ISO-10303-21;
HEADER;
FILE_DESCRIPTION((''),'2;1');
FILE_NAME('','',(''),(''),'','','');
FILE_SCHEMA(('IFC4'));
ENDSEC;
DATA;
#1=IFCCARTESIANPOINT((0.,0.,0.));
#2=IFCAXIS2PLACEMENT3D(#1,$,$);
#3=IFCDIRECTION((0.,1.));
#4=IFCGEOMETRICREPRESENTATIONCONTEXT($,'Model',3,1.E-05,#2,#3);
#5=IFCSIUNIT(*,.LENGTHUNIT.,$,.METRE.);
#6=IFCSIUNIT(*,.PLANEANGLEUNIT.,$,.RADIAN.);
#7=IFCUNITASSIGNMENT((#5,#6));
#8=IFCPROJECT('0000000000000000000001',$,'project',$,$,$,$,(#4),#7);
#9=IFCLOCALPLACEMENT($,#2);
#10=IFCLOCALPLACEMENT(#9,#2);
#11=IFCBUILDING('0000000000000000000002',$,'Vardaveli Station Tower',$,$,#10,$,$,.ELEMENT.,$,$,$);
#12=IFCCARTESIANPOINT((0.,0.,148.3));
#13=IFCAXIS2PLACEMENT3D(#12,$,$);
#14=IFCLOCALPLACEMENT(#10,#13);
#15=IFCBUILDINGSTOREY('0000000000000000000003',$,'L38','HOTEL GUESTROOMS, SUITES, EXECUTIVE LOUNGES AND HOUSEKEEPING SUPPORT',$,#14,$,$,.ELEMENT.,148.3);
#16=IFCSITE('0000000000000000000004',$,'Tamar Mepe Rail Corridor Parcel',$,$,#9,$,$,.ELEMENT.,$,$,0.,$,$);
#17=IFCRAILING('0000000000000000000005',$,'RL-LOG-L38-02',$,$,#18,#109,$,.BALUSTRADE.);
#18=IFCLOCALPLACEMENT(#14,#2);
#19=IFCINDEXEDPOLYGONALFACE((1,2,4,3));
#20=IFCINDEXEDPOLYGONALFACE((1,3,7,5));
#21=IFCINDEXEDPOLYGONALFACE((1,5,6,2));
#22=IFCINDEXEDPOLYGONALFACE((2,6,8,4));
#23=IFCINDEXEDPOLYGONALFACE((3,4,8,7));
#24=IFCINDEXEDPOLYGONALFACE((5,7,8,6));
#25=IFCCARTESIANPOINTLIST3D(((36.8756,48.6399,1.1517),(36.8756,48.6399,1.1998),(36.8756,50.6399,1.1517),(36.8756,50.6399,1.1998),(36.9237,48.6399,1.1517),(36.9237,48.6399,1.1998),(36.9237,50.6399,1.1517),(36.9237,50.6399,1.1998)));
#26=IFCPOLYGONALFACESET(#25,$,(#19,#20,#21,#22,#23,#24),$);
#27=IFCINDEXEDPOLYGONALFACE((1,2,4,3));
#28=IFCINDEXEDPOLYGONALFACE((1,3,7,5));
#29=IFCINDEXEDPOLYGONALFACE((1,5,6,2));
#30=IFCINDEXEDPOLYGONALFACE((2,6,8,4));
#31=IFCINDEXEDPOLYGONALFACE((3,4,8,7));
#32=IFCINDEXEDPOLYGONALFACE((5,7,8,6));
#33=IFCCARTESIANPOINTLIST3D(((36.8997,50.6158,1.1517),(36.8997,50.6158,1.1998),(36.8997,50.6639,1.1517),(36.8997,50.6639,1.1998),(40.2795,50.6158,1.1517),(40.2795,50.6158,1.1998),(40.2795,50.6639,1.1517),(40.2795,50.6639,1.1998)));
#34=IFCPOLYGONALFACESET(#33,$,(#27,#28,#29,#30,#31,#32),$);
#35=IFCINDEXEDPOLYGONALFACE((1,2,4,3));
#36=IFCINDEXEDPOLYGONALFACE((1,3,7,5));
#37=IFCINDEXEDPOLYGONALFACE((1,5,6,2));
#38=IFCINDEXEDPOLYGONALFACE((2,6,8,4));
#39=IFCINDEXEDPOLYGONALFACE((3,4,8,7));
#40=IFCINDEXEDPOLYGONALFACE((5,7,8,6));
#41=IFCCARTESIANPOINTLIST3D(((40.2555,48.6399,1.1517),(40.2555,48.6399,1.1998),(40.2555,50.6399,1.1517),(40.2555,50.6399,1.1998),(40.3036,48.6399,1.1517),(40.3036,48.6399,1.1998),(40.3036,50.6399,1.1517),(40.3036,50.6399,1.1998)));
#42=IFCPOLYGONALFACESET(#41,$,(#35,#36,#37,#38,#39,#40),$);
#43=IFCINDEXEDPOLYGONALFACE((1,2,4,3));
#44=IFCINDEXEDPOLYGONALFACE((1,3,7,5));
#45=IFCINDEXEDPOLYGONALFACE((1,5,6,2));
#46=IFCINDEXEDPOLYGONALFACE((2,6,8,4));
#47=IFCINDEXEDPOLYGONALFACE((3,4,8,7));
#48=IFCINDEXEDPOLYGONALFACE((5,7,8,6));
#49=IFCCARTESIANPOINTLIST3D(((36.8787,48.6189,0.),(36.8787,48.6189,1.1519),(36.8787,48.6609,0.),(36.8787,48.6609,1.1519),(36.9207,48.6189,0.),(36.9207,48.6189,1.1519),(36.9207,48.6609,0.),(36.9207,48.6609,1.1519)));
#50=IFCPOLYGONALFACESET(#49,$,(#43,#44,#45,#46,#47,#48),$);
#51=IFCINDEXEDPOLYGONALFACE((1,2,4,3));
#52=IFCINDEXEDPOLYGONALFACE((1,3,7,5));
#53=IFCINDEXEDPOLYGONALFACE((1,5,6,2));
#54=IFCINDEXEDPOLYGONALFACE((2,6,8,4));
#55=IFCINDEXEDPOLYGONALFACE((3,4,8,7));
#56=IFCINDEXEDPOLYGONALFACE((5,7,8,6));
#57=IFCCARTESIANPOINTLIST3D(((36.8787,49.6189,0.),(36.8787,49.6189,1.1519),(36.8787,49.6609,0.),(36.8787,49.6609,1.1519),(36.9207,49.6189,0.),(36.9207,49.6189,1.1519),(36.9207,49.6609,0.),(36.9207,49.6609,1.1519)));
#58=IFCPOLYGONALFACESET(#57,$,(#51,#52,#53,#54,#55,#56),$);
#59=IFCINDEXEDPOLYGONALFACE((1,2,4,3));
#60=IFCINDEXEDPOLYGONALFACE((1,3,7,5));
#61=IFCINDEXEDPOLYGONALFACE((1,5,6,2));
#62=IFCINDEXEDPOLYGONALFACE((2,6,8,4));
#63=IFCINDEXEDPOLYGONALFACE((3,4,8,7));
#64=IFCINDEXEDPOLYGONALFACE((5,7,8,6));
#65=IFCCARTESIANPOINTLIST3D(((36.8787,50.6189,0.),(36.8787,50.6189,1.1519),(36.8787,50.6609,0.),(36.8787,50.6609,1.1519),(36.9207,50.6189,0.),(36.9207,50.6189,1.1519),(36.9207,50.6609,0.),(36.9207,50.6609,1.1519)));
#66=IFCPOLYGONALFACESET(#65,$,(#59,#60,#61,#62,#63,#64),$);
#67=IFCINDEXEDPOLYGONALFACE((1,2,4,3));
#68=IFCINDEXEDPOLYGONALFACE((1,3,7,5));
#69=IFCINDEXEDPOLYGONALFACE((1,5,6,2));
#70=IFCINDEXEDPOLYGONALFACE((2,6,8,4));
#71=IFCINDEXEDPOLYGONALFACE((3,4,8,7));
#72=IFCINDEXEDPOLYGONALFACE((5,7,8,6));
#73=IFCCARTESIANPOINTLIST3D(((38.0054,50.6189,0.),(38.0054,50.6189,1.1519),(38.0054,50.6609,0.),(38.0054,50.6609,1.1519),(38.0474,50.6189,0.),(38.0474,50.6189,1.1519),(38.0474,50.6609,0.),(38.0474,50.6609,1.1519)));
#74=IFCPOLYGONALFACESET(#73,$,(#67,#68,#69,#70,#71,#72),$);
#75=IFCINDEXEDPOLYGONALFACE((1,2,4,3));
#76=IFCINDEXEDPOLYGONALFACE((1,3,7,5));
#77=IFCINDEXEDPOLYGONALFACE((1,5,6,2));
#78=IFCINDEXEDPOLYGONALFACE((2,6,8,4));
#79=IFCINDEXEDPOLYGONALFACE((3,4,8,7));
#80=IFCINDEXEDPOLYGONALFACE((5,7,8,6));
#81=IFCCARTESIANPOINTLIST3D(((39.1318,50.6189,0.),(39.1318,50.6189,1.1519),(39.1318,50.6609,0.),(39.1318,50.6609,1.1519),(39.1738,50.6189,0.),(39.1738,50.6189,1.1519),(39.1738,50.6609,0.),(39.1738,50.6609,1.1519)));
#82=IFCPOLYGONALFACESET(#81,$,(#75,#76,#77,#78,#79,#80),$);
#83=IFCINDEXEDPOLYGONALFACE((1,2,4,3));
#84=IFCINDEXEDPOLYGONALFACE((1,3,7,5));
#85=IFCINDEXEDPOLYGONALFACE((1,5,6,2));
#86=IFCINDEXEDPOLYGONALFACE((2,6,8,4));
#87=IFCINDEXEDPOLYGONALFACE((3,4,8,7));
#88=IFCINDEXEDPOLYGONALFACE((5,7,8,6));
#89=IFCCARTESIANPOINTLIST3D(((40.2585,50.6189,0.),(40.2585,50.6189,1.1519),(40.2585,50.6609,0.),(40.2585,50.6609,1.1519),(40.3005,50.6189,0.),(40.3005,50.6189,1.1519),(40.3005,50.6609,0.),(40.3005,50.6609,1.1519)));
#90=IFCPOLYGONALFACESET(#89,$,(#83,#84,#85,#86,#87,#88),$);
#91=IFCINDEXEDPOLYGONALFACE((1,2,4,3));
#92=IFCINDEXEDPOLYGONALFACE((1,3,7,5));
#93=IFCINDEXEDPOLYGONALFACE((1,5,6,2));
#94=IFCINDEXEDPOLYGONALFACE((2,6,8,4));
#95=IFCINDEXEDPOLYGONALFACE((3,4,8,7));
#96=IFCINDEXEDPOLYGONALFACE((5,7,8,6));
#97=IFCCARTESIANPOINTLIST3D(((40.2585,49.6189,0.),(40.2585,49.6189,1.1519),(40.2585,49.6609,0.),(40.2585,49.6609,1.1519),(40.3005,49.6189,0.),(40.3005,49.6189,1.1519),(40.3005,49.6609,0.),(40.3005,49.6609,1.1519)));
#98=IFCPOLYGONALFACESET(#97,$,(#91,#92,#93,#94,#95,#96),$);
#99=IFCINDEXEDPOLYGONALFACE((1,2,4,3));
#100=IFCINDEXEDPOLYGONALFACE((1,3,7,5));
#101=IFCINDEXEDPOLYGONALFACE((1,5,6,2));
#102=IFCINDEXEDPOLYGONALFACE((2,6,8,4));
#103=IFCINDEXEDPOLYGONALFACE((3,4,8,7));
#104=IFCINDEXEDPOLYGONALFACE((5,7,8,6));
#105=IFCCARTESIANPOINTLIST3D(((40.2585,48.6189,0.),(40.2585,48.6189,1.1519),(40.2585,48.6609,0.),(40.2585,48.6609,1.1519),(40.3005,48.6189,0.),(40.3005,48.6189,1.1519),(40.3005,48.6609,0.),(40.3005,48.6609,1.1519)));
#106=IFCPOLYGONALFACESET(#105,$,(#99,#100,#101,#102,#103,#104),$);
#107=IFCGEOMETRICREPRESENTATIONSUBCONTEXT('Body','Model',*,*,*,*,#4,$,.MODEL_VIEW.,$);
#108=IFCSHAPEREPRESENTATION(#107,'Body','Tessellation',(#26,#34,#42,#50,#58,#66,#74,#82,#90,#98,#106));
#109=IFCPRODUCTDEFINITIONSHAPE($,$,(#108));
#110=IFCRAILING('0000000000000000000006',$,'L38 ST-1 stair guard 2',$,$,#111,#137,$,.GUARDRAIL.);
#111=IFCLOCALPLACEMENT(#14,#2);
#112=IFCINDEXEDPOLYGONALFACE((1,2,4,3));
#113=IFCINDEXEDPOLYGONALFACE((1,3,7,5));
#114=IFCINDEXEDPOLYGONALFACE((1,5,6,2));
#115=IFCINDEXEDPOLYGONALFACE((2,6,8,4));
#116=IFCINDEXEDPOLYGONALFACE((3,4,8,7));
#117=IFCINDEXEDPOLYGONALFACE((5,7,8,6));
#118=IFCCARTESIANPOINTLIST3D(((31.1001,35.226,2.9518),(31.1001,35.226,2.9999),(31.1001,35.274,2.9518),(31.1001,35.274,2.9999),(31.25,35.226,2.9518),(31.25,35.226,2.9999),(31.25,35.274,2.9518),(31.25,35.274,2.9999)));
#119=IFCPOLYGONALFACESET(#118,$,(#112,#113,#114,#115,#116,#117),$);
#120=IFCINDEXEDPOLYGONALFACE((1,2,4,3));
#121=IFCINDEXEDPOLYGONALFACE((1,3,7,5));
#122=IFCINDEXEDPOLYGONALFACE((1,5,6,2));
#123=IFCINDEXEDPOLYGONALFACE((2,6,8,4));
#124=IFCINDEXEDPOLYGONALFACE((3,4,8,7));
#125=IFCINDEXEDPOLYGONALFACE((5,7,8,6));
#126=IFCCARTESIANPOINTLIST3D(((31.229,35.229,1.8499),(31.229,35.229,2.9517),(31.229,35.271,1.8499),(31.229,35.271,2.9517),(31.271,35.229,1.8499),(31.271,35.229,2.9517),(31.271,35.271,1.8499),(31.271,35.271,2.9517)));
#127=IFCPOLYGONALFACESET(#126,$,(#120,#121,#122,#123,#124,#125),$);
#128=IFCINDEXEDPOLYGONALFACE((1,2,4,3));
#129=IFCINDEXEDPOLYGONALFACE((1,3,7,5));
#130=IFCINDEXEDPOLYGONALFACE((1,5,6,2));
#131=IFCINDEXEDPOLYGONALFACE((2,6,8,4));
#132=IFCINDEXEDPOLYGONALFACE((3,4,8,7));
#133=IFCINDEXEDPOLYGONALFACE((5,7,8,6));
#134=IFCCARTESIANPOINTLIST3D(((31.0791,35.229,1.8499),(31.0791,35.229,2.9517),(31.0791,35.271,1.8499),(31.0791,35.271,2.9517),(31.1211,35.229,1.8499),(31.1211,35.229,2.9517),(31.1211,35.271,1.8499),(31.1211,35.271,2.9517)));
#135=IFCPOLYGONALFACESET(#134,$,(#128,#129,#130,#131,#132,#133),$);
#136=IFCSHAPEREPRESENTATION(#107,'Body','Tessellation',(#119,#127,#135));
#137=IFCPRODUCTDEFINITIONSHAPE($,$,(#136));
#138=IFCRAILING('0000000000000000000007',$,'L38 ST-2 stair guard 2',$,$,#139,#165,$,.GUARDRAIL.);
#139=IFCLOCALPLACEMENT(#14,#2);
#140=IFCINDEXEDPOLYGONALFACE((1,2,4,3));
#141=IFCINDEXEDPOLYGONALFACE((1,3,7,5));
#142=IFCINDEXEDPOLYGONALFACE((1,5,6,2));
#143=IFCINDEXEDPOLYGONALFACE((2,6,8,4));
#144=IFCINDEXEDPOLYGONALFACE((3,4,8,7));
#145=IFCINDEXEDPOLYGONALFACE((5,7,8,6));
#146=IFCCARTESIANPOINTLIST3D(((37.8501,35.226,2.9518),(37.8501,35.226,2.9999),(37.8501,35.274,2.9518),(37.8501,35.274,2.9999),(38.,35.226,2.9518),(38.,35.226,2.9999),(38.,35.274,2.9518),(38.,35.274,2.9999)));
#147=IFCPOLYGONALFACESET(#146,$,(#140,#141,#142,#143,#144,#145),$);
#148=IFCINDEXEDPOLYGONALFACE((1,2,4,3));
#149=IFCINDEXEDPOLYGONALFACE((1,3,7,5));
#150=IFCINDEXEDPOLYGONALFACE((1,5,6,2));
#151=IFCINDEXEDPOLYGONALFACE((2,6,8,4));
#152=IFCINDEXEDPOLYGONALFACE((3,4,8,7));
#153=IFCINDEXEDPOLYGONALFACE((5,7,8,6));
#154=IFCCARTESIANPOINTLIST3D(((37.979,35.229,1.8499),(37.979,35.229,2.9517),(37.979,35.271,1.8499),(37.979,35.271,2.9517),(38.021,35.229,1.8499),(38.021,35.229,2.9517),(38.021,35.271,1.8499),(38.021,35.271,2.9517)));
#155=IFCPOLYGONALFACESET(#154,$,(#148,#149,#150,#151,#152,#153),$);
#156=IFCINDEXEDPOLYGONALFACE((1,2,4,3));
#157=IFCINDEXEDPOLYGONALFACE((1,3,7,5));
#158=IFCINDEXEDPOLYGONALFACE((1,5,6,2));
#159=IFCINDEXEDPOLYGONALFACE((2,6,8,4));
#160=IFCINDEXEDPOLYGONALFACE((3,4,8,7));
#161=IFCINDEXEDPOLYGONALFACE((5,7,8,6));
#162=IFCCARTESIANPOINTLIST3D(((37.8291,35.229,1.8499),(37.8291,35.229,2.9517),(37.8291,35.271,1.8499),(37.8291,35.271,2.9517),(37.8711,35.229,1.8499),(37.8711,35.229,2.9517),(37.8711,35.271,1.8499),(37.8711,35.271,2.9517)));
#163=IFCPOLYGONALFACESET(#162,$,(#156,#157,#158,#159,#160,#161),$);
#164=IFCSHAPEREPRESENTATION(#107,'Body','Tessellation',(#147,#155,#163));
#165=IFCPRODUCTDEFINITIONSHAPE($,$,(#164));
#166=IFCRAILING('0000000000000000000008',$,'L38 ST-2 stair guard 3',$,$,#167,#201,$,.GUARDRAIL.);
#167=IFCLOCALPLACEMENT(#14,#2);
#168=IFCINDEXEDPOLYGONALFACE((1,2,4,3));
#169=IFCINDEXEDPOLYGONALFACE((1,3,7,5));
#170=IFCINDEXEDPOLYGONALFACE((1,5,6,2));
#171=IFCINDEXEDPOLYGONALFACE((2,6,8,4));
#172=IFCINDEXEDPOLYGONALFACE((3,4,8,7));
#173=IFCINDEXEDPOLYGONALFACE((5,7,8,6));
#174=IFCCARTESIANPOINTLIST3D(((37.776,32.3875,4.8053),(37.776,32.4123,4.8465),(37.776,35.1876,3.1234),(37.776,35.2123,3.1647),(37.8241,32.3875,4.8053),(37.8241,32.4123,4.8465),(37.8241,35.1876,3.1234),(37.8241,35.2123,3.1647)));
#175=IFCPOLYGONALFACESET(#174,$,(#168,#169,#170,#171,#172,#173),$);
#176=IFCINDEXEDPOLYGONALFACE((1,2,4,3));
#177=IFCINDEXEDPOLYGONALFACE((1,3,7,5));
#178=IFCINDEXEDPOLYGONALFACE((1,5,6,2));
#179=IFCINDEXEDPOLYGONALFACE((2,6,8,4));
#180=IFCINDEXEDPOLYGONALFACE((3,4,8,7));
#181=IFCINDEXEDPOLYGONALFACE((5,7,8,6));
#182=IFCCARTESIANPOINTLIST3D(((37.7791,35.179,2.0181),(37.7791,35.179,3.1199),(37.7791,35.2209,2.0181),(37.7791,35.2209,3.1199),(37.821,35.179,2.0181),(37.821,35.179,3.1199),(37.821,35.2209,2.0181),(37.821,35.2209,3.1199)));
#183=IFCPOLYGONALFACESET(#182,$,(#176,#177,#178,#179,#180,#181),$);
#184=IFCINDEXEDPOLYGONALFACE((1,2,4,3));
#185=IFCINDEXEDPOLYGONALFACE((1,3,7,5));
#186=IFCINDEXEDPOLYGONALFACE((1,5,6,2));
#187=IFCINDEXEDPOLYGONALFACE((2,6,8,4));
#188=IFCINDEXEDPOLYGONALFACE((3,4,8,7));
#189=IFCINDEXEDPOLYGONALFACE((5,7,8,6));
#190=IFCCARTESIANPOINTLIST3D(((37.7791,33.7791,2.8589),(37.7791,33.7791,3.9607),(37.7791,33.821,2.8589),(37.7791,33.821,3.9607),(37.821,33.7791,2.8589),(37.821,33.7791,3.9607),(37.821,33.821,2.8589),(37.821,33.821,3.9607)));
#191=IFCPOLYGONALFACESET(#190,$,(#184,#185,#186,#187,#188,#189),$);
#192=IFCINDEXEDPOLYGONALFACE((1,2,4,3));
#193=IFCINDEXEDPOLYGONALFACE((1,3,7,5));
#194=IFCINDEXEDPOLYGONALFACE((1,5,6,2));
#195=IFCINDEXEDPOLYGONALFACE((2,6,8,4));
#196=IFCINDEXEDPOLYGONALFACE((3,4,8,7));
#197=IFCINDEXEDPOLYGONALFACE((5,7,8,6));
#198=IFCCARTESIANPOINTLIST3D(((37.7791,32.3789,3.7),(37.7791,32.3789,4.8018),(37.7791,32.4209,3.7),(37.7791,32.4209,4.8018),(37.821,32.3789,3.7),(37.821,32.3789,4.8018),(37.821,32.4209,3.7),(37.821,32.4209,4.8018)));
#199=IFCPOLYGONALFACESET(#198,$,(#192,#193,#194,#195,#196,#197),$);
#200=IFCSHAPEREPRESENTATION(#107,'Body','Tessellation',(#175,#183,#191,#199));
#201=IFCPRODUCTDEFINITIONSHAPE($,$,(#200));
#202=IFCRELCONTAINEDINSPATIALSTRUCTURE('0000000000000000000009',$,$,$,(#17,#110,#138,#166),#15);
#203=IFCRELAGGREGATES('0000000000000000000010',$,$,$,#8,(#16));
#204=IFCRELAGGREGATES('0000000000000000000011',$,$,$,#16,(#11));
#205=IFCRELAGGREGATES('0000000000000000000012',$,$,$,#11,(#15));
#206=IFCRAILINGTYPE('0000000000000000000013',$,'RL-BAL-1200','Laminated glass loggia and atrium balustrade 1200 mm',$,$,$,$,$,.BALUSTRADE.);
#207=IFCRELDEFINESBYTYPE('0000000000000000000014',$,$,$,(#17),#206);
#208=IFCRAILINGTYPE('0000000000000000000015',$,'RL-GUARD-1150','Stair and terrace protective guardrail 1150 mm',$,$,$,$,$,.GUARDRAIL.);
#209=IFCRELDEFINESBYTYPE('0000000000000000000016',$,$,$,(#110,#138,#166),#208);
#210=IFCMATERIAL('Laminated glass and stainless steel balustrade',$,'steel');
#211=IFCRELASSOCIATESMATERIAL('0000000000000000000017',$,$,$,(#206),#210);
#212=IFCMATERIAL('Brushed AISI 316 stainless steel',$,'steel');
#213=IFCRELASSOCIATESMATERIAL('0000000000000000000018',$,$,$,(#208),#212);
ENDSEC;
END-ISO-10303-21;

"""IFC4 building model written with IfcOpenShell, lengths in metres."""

from ifc_helpers import new_model, si_unit, direction, frame, origin, origin_2d, place, context, subcontext, project, spatial, rectangle, extrude, source, transform, mapped, material, type_object, element, save


model = new_model("IFC4")

# Units and contexts
model_context = context("Model", 3, precision=1e-05, world=origin(), true_north=direction((0.0, 1.0)))
body_context = subcontext(model_context, "Body", "Model", "MODEL_VIEW")
ifc_project = project(units=[si_unit("LENGTHUNIT", "METRE"), si_unit("PLANEANGLEUNIT", "RADIAN")], contexts=[model_context])

# Site, building, storey
site_placement = place(None, origin())
site = spatial("IfcSite", under=ifc_project, at=site_placement, Name="Tamar Mepe Rail Corridor Parcel", CompositionType="ELEMENT", RefElevation=0.0)
building_placement = place(site_placement, origin())
building = spatial("IfcBuilding", under=site, at=building_placement, Name="Vardaveli Station Tower", CompositionType="ELEMENT")
storey_placement = place(building_placement, frame((0.0, 0.0, 148.3)))
storey = spatial("IfcBuildingStorey", under=building, at=storey_placement, Name="L38", Description="HOTEL GUESTROOMS, SUITES, EXECUTIVE LOUNGES AND HOUSEKEEPING SUPPORT", CompositionType="ELEMENT", Elevation=148.3)

# Railings
ifc_material_1 = material(Name="Laminated glass and stainless steel balustrade", Category="steel")
railing_type_1 = type_object("IfcRailingType", Name="RL-BAL-1200", Description="Laminated glass loggia and atrium balustrade 1200 mm", PredefinedType="BALUSTRADE", material=ifc_material_1)
shared_shape_1 = source(origin(), body_context, "Body", "SweptSolid", [
    extrude(rectangle(XDim=0.0481, YDim=0.0481, at=origin_2d()), frame((0.0, 0.0, 1.1758), z_axis=(0.0, 1.0, 0.0), x_axis=(-1.0, 0.0, 0.0)), (0.0, 0.0, 1.0), 2.0),
    extrude(rectangle(XDim=0.0481, YDim=0.0481, at=origin_2d()), frame((0.0, 2.0, 1.1758), z_axis=(1.0, 0.0, 0.0), x_axis=(0.0, 1.0, 0.0)), (0.0, 0.0, 1.0), 3.3799),
    extrude(rectangle(XDim=0.0481, YDim=0.0481, at=origin_2d()), frame((3.3799, 2.0, 1.1758), z_axis=(0.0, -1.0, 0.0), x_axis=(1.0, 0.0, 0.0)), (0.0, 0.0, 1.0), 2.0),
    extrude(rectangle(XDim=0.042, YDim=0.042, at=origin_2d()), origin(), (0.0, 0.0, 1.0), 1.1519),
    extrude(rectangle(XDim=0.042, YDim=0.042, at=origin_2d()), frame((0.0, 1.0, 0.0)), (0.0, 0.0, 1.0), 1.1519),
    extrude(rectangle(XDim=0.042, YDim=0.042, at=origin_2d()), frame((0.0, 2.0, 0.0)), (0.0, 0.0, 1.0), 1.1519),
    extrude(rectangle(XDim=0.042, YDim=0.042, at=origin_2d()), frame((1.1267, 2.0, 0.0)), (0.0, 0.0, 1.0), 1.1519),
    extrude(rectangle(XDim=0.042, YDim=0.042, at=origin_2d()), frame((2.2532, 2.0, 0.0)), (0.0, 0.0, 1.0), 1.1519),
    extrude(rectangle(XDim=0.042, YDim=0.042, at=origin_2d()), frame((3.3799, 2.0, 0.0)), (0.0, 0.0, 1.0), 1.1519),
    extrude(rectangle(XDim=0.042, YDim=0.042, at=origin_2d()), frame((3.3799, 1.0, 0.0)), (0.0, 0.0, 1.0), 1.1519),
    extrude(rectangle(XDim=0.042, YDim=0.042, at=origin_2d()), frame((3.3799, 0.0, 0.0)), (0.0, 0.0, 1.0), 1.1519),
])
railing_1_placement = place(storey_placement, frame((36.8997, 48.6399, 0.0)))
element("IfcRailing", 1, at=railing_1_placement, inside=storey, type_object=railing_type_1, Name="RL-LOG-L38-02", PredefinedType="BALUSTRADE", context=body_context, shape_type="MappedRepresentation", body=[
    mapped(shared_shape_1, transform((0.0, 0.0, 0.0), scale=1.0)),
])
ifc_material_2 = material(Name="Brushed AISI 316 stainless steel", Category="steel")
railing_type_2 = type_object("IfcRailingType", Name="RL-GUARD-1150", Description="Stair and terrace protective guardrail 1150 mm", PredefinedType="GUARDRAIL", material=ifc_material_2)
shared_shape_2 = source(origin(), body_context, "Body", "SweptSolid", [
    extrude(rectangle(XDim=0.0481, YDim=0.0481, at=origin_2d()), frame((0.0, 0.0, 1.126), z_axis=(-1.0, 0.0, 0.0), x_axis=(0.0, -1.0, 0.0)), (0.0, 0.0, 1.0), 0.1499),
    extrude(rectangle(XDim=0.042, YDim=0.042, at=origin_2d()), origin(), (0.0, 0.0, 1.0), 1.1018),
    extrude(rectangle(XDim=0.042, YDim=0.042, at=origin_2d()), frame((-0.1499, 0.0, 0.0)), (0.0, 0.0, 1.0), 1.1018),
])
for number, where, name in (
    (2, (31.25, 35.25, 1.8499), "L38 ST-1 stair guard 2"),
    (3, (38.0, 35.25, 1.8499), "L38 ST-2 stair guard 2"),
):
    element("IfcRailing", number, at=place(storey_placement, frame(where)), inside=storey, type_object=railing_type_2, Name=name, PredefinedType="GUARDRAIL", context=body_context, shape_type="MappedRepresentation", body=[
        mapped(shared_shape_2, transform((0.0, 0.0, 0.0), scale=1.0)),
    ])
shared_shape_3 = source(origin(), body_context, "Body", "SweptSolid", [
    extrude(rectangle(XDim=0.0481, YDim=0.0481, at=origin_2d()), frame((0.0, 0.0, 1.126), z_axis=(0.0, -0.857242, 0.514913), x_axis=(1.0, 0.0, 0.0)), (0.0, 0.0, 1.0), 3.2664),
    extrude(rectangle(XDim=0.042, YDim=0.042, at=origin_2d()), origin(), (0.0, 0.0, 1.0), 1.1018),
    extrude(rectangle(XDim=0.042, YDim=0.042, at=origin_2d()), frame((0.0, -1.3999, 0.8408)), (0.0, 0.0, 1.0), 1.1018),
    extrude(rectangle(XDim=0.042, YDim=0.042, at=origin_2d()), frame((0.0, -2.8, 1.6819)), (0.0, 0.0, 1.0), 1.1018),
])
railing_2_placement = place(storey_placement, frame((37.8, 35.2, 2.0181)))
element("IfcRailing", 4, at=railing_2_placement, inside=storey, type_object=railing_type_2, Name="L38 ST-2 stair guard 3", PredefinedType="GUARDRAIL", context=body_context, shape_type="MappedRepresentation", body=[
    mapped(shared_shape_3, transform((0.0, 0.0, 0.0), scale=1.0)),
])

save(model, "model.ifc")
